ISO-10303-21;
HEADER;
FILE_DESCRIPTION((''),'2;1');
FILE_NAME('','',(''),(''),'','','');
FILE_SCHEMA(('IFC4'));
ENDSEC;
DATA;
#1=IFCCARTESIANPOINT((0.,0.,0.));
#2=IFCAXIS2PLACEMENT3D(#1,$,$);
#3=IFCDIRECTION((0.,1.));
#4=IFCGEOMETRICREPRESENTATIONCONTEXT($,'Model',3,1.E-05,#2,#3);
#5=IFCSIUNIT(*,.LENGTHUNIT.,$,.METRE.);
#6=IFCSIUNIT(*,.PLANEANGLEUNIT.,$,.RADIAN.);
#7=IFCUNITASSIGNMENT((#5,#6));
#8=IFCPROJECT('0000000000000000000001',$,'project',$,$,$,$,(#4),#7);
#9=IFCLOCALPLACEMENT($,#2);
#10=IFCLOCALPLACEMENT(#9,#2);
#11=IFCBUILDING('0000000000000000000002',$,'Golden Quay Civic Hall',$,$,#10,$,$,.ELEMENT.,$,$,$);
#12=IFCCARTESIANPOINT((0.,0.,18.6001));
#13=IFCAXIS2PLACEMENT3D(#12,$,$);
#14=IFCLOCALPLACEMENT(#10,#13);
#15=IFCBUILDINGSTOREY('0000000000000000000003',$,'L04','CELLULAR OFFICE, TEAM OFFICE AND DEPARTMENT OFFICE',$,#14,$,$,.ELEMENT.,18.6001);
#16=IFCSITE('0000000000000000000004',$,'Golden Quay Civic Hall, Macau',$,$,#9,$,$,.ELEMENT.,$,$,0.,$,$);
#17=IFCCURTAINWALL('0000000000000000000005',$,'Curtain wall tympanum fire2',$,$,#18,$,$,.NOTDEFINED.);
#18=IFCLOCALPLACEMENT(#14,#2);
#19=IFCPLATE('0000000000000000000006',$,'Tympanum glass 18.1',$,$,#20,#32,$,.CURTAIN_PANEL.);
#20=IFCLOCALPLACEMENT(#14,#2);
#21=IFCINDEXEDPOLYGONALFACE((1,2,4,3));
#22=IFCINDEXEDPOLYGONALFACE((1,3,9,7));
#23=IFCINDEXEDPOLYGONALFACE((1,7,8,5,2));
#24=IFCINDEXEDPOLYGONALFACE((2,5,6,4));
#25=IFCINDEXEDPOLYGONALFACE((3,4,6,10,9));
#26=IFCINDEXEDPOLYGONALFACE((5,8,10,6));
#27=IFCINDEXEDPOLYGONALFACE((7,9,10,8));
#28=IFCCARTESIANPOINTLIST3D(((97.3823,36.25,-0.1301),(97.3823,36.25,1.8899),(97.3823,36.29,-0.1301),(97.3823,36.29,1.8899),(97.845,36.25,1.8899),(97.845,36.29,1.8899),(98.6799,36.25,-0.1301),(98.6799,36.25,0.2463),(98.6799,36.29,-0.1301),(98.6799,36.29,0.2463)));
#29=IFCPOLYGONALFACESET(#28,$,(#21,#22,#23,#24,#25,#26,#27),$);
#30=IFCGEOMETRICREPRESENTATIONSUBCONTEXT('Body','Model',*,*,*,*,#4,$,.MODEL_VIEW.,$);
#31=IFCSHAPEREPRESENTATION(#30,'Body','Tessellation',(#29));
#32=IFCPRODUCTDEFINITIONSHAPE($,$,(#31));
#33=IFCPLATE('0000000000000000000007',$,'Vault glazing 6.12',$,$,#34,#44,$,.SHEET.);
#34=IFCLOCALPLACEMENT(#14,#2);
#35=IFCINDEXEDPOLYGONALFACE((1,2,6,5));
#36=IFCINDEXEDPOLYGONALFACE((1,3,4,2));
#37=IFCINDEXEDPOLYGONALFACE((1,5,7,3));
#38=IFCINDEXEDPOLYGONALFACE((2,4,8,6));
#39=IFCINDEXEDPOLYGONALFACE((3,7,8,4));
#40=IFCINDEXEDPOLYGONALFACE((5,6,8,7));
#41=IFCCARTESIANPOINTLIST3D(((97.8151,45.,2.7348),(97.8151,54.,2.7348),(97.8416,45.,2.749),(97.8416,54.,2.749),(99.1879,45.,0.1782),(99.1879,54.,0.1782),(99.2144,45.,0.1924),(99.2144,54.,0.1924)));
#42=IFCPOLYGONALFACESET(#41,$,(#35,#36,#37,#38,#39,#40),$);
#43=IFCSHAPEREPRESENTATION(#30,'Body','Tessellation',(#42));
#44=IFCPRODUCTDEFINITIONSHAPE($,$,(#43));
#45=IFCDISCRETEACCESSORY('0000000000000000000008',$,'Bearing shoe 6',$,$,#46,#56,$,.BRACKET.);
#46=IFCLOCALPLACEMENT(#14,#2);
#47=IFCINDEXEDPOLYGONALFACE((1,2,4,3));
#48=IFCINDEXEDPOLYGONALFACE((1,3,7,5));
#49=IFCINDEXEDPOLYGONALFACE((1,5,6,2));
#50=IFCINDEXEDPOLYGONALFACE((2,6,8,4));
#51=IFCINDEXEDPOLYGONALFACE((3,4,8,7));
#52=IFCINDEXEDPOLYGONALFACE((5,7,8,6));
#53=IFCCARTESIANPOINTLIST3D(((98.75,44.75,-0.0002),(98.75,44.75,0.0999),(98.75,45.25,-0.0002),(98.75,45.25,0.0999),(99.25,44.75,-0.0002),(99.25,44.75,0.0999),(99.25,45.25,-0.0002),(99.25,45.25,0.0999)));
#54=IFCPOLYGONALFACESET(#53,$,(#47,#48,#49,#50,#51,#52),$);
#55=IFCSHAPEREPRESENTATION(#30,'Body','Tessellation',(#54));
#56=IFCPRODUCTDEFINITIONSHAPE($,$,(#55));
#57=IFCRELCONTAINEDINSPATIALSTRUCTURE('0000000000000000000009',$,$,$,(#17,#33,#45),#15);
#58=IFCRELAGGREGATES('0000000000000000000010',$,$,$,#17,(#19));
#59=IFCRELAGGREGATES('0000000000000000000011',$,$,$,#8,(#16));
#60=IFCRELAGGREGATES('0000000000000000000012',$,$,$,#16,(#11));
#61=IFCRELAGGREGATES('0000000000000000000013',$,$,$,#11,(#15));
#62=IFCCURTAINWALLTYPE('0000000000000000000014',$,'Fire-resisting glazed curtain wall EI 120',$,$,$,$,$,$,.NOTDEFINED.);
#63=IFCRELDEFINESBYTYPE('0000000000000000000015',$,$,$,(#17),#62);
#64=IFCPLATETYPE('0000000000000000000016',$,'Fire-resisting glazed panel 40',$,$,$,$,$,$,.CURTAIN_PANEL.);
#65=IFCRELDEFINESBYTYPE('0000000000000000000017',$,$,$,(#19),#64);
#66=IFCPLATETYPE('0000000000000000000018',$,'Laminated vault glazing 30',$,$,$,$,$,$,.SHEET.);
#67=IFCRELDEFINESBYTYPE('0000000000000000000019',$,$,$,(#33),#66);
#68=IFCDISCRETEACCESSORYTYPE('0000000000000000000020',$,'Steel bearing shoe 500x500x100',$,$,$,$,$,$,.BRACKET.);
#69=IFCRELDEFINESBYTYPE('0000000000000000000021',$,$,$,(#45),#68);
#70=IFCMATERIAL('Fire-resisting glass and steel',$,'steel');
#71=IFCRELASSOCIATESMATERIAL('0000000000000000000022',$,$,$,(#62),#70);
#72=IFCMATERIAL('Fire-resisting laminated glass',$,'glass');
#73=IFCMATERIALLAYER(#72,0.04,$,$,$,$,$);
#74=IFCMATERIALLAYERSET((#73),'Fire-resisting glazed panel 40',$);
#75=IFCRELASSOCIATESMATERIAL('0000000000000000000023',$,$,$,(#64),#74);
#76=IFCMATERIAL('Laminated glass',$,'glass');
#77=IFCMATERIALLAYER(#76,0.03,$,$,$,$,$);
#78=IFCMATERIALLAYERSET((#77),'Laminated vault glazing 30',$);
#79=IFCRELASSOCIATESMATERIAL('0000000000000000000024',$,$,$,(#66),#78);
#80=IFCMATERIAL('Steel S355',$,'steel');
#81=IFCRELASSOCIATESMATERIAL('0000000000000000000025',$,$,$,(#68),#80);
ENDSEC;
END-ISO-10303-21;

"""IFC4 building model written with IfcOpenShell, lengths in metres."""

from ifc_helpers import new_model, si_unit, direction, frame, origin, origin_2d, place, context, subcontext, project, spatial, polyline, rectangle, outline, extrude, material, layer, layer_set, type_object, element, aggregate, save


model = new_model("IFC4")

# Units and contexts
model_context = context("Model", 3, precision=1e-05, world=origin(), true_north=direction((0.0, 1.0)))
body_context = subcontext(model_context, "Body", "Model", "MODEL_VIEW")
ifc_project = project(units=[si_unit("LENGTHUNIT", "METRE"), si_unit("PLANEANGLEUNIT", "RADIAN")], contexts=[model_context])

# Site, building, storey
site_placement = place(None, origin())
site = spatial("IfcSite", under=ifc_project, at=site_placement, Name="Golden Quay Civic Hall, Macau", CompositionType="ELEMENT", RefElevation=0.0)
building_placement = place(site_placement, origin())
building = spatial("IfcBuilding", under=site, at=building_placement, Name="Golden Quay Civic Hall", CompositionType="ELEMENT")
storey_placement = place(building_placement, frame((0.0, 0.0, 18.6001)))
storey = spatial("IfcBuildingStorey", under=building, at=storey_placement, Name="L04", Description="CELLULAR OFFICE, TEAM OFFICE AND DEPARTMENT OFFICE", CompositionType="ELEMENT", Elevation=18.6001)

# Curtain wall
ifc_material_1 = material(Name="Fire-resisting glass and steel", Category="steel")
curtain_wall_type = type_object("IfcCurtainWallType", Name="Fire-resisting glazed curtain wall EI 120", PredefinedType="NOTDEFINED", material=ifc_material_1)
curtain_wall_placement = place(storey_placement, origin())
curtain_wall = element("IfcCurtainWall", 1, at=curtain_wall_placement, inside=storey, type_object=curtain_wall_type, Name="Curtain wall tympanum fire2", PredefinedType="NOTDEFINED")

# Plates
ifc_material_2 = material(Name="Fire-resisting laminated glass", Category="glass")
ifc_layer_1 = layer(ifc_material_2, 0.04)
ifc_layer_set_1 = layer_set([ifc_layer_1], Name="Fire-resisting glazed panel 40")
plate_type_1 = type_object("IfcPlateType", Name="Fire-resisting glazed panel 40", PredefinedType="CURTAIN_PANEL", material=ifc_layer_set_1)
plate_1_placement = place(storey_placement, frame((98.6799, 36.29, -0.1301), z_axis=(0.0, 1.0, 0.0), x_axis=(-1.0, 0.0, 0.0)))
plate_1 = element("IfcPlate", 2, at=plate_1_placement, type_object=plate_type_1, Name="Tympanum glass 18.1", PredefinedType="CURTAIN_PANEL", context=body_context, shape_type="SweptSolid", body=[
    extrude(outline(polyline([(0.0, 0.0), (1.2976, 0.0), (1.2976, 2.02), (0.835, 2.02), (0.0, 0.3765), (0.0, 0.0)])), origin(), (0.0, 0.0, -1.0), 0.04),
])
aggregate(curtain_wall, [plate_1])
ifc_material_3 = material(Name="Laminated glass", Category="glass")
ifc_layer_2 = layer(ifc_material_3, 0.03)
ifc_layer_set_2 = layer_set([ifc_layer_2], Name="Laminated vault glazing 30")
plate_type_2 = type_object("IfcPlateType", Name="Laminated vault glazing 30", PredefinedType="SHEET", material=ifc_layer_set_2)
plate_2_placement = place(storey_placement, frame((97.8416, 45.0, 2.749), z_axis=(0.881024, 0.0, 0.473071), x_axis=(0.473071, 0.0, -0.881024)))
element("IfcPlate", 3, at=plate_2_placement, inside=storey, type_object=plate_type_2, Name="Vault glazing 6.12", PredefinedType="SHEET", context=body_context, shape_type="SweptSolid", body=[
    extrude(outline(polyline([(0.0, 0.0), (2.9019, 0.0), (2.9019, 9.0), (0.0, 9.0), (0.0, 0.0)])), origin(), (0.0, 0.0, -1.0), 0.03),
])

# Discrete accessory
ifc_material_4 = material(Name="Steel S355", Category="steel")
discrete_accessory_type = type_object("IfcDiscreteAccessoryType", Name="Steel bearing shoe 500x500x100", PredefinedType="BRACKET", material=ifc_material_4)
discrete_accessory_placement = place(storey_placement, frame((99.0, 45.0, -0.0002), z_axis=(0.0, 0.0, 1.0), x_axis=(1.0, 0.0, 0.0)))
element("IfcDiscreteAccessory", 4, at=discrete_accessory_placement, inside=storey, type_object=discrete_accessory_type, Name="Bearing shoe 6", PredefinedType="BRACKET", context=body_context, shape_type="SweptSolid", body=[
    extrude(rectangle(XDim=0.5, YDim=0.5, at=origin_2d()), origin(), (0.0, 0.0, 1.0), 0.1001),
])

save(model, "model.ifc")
